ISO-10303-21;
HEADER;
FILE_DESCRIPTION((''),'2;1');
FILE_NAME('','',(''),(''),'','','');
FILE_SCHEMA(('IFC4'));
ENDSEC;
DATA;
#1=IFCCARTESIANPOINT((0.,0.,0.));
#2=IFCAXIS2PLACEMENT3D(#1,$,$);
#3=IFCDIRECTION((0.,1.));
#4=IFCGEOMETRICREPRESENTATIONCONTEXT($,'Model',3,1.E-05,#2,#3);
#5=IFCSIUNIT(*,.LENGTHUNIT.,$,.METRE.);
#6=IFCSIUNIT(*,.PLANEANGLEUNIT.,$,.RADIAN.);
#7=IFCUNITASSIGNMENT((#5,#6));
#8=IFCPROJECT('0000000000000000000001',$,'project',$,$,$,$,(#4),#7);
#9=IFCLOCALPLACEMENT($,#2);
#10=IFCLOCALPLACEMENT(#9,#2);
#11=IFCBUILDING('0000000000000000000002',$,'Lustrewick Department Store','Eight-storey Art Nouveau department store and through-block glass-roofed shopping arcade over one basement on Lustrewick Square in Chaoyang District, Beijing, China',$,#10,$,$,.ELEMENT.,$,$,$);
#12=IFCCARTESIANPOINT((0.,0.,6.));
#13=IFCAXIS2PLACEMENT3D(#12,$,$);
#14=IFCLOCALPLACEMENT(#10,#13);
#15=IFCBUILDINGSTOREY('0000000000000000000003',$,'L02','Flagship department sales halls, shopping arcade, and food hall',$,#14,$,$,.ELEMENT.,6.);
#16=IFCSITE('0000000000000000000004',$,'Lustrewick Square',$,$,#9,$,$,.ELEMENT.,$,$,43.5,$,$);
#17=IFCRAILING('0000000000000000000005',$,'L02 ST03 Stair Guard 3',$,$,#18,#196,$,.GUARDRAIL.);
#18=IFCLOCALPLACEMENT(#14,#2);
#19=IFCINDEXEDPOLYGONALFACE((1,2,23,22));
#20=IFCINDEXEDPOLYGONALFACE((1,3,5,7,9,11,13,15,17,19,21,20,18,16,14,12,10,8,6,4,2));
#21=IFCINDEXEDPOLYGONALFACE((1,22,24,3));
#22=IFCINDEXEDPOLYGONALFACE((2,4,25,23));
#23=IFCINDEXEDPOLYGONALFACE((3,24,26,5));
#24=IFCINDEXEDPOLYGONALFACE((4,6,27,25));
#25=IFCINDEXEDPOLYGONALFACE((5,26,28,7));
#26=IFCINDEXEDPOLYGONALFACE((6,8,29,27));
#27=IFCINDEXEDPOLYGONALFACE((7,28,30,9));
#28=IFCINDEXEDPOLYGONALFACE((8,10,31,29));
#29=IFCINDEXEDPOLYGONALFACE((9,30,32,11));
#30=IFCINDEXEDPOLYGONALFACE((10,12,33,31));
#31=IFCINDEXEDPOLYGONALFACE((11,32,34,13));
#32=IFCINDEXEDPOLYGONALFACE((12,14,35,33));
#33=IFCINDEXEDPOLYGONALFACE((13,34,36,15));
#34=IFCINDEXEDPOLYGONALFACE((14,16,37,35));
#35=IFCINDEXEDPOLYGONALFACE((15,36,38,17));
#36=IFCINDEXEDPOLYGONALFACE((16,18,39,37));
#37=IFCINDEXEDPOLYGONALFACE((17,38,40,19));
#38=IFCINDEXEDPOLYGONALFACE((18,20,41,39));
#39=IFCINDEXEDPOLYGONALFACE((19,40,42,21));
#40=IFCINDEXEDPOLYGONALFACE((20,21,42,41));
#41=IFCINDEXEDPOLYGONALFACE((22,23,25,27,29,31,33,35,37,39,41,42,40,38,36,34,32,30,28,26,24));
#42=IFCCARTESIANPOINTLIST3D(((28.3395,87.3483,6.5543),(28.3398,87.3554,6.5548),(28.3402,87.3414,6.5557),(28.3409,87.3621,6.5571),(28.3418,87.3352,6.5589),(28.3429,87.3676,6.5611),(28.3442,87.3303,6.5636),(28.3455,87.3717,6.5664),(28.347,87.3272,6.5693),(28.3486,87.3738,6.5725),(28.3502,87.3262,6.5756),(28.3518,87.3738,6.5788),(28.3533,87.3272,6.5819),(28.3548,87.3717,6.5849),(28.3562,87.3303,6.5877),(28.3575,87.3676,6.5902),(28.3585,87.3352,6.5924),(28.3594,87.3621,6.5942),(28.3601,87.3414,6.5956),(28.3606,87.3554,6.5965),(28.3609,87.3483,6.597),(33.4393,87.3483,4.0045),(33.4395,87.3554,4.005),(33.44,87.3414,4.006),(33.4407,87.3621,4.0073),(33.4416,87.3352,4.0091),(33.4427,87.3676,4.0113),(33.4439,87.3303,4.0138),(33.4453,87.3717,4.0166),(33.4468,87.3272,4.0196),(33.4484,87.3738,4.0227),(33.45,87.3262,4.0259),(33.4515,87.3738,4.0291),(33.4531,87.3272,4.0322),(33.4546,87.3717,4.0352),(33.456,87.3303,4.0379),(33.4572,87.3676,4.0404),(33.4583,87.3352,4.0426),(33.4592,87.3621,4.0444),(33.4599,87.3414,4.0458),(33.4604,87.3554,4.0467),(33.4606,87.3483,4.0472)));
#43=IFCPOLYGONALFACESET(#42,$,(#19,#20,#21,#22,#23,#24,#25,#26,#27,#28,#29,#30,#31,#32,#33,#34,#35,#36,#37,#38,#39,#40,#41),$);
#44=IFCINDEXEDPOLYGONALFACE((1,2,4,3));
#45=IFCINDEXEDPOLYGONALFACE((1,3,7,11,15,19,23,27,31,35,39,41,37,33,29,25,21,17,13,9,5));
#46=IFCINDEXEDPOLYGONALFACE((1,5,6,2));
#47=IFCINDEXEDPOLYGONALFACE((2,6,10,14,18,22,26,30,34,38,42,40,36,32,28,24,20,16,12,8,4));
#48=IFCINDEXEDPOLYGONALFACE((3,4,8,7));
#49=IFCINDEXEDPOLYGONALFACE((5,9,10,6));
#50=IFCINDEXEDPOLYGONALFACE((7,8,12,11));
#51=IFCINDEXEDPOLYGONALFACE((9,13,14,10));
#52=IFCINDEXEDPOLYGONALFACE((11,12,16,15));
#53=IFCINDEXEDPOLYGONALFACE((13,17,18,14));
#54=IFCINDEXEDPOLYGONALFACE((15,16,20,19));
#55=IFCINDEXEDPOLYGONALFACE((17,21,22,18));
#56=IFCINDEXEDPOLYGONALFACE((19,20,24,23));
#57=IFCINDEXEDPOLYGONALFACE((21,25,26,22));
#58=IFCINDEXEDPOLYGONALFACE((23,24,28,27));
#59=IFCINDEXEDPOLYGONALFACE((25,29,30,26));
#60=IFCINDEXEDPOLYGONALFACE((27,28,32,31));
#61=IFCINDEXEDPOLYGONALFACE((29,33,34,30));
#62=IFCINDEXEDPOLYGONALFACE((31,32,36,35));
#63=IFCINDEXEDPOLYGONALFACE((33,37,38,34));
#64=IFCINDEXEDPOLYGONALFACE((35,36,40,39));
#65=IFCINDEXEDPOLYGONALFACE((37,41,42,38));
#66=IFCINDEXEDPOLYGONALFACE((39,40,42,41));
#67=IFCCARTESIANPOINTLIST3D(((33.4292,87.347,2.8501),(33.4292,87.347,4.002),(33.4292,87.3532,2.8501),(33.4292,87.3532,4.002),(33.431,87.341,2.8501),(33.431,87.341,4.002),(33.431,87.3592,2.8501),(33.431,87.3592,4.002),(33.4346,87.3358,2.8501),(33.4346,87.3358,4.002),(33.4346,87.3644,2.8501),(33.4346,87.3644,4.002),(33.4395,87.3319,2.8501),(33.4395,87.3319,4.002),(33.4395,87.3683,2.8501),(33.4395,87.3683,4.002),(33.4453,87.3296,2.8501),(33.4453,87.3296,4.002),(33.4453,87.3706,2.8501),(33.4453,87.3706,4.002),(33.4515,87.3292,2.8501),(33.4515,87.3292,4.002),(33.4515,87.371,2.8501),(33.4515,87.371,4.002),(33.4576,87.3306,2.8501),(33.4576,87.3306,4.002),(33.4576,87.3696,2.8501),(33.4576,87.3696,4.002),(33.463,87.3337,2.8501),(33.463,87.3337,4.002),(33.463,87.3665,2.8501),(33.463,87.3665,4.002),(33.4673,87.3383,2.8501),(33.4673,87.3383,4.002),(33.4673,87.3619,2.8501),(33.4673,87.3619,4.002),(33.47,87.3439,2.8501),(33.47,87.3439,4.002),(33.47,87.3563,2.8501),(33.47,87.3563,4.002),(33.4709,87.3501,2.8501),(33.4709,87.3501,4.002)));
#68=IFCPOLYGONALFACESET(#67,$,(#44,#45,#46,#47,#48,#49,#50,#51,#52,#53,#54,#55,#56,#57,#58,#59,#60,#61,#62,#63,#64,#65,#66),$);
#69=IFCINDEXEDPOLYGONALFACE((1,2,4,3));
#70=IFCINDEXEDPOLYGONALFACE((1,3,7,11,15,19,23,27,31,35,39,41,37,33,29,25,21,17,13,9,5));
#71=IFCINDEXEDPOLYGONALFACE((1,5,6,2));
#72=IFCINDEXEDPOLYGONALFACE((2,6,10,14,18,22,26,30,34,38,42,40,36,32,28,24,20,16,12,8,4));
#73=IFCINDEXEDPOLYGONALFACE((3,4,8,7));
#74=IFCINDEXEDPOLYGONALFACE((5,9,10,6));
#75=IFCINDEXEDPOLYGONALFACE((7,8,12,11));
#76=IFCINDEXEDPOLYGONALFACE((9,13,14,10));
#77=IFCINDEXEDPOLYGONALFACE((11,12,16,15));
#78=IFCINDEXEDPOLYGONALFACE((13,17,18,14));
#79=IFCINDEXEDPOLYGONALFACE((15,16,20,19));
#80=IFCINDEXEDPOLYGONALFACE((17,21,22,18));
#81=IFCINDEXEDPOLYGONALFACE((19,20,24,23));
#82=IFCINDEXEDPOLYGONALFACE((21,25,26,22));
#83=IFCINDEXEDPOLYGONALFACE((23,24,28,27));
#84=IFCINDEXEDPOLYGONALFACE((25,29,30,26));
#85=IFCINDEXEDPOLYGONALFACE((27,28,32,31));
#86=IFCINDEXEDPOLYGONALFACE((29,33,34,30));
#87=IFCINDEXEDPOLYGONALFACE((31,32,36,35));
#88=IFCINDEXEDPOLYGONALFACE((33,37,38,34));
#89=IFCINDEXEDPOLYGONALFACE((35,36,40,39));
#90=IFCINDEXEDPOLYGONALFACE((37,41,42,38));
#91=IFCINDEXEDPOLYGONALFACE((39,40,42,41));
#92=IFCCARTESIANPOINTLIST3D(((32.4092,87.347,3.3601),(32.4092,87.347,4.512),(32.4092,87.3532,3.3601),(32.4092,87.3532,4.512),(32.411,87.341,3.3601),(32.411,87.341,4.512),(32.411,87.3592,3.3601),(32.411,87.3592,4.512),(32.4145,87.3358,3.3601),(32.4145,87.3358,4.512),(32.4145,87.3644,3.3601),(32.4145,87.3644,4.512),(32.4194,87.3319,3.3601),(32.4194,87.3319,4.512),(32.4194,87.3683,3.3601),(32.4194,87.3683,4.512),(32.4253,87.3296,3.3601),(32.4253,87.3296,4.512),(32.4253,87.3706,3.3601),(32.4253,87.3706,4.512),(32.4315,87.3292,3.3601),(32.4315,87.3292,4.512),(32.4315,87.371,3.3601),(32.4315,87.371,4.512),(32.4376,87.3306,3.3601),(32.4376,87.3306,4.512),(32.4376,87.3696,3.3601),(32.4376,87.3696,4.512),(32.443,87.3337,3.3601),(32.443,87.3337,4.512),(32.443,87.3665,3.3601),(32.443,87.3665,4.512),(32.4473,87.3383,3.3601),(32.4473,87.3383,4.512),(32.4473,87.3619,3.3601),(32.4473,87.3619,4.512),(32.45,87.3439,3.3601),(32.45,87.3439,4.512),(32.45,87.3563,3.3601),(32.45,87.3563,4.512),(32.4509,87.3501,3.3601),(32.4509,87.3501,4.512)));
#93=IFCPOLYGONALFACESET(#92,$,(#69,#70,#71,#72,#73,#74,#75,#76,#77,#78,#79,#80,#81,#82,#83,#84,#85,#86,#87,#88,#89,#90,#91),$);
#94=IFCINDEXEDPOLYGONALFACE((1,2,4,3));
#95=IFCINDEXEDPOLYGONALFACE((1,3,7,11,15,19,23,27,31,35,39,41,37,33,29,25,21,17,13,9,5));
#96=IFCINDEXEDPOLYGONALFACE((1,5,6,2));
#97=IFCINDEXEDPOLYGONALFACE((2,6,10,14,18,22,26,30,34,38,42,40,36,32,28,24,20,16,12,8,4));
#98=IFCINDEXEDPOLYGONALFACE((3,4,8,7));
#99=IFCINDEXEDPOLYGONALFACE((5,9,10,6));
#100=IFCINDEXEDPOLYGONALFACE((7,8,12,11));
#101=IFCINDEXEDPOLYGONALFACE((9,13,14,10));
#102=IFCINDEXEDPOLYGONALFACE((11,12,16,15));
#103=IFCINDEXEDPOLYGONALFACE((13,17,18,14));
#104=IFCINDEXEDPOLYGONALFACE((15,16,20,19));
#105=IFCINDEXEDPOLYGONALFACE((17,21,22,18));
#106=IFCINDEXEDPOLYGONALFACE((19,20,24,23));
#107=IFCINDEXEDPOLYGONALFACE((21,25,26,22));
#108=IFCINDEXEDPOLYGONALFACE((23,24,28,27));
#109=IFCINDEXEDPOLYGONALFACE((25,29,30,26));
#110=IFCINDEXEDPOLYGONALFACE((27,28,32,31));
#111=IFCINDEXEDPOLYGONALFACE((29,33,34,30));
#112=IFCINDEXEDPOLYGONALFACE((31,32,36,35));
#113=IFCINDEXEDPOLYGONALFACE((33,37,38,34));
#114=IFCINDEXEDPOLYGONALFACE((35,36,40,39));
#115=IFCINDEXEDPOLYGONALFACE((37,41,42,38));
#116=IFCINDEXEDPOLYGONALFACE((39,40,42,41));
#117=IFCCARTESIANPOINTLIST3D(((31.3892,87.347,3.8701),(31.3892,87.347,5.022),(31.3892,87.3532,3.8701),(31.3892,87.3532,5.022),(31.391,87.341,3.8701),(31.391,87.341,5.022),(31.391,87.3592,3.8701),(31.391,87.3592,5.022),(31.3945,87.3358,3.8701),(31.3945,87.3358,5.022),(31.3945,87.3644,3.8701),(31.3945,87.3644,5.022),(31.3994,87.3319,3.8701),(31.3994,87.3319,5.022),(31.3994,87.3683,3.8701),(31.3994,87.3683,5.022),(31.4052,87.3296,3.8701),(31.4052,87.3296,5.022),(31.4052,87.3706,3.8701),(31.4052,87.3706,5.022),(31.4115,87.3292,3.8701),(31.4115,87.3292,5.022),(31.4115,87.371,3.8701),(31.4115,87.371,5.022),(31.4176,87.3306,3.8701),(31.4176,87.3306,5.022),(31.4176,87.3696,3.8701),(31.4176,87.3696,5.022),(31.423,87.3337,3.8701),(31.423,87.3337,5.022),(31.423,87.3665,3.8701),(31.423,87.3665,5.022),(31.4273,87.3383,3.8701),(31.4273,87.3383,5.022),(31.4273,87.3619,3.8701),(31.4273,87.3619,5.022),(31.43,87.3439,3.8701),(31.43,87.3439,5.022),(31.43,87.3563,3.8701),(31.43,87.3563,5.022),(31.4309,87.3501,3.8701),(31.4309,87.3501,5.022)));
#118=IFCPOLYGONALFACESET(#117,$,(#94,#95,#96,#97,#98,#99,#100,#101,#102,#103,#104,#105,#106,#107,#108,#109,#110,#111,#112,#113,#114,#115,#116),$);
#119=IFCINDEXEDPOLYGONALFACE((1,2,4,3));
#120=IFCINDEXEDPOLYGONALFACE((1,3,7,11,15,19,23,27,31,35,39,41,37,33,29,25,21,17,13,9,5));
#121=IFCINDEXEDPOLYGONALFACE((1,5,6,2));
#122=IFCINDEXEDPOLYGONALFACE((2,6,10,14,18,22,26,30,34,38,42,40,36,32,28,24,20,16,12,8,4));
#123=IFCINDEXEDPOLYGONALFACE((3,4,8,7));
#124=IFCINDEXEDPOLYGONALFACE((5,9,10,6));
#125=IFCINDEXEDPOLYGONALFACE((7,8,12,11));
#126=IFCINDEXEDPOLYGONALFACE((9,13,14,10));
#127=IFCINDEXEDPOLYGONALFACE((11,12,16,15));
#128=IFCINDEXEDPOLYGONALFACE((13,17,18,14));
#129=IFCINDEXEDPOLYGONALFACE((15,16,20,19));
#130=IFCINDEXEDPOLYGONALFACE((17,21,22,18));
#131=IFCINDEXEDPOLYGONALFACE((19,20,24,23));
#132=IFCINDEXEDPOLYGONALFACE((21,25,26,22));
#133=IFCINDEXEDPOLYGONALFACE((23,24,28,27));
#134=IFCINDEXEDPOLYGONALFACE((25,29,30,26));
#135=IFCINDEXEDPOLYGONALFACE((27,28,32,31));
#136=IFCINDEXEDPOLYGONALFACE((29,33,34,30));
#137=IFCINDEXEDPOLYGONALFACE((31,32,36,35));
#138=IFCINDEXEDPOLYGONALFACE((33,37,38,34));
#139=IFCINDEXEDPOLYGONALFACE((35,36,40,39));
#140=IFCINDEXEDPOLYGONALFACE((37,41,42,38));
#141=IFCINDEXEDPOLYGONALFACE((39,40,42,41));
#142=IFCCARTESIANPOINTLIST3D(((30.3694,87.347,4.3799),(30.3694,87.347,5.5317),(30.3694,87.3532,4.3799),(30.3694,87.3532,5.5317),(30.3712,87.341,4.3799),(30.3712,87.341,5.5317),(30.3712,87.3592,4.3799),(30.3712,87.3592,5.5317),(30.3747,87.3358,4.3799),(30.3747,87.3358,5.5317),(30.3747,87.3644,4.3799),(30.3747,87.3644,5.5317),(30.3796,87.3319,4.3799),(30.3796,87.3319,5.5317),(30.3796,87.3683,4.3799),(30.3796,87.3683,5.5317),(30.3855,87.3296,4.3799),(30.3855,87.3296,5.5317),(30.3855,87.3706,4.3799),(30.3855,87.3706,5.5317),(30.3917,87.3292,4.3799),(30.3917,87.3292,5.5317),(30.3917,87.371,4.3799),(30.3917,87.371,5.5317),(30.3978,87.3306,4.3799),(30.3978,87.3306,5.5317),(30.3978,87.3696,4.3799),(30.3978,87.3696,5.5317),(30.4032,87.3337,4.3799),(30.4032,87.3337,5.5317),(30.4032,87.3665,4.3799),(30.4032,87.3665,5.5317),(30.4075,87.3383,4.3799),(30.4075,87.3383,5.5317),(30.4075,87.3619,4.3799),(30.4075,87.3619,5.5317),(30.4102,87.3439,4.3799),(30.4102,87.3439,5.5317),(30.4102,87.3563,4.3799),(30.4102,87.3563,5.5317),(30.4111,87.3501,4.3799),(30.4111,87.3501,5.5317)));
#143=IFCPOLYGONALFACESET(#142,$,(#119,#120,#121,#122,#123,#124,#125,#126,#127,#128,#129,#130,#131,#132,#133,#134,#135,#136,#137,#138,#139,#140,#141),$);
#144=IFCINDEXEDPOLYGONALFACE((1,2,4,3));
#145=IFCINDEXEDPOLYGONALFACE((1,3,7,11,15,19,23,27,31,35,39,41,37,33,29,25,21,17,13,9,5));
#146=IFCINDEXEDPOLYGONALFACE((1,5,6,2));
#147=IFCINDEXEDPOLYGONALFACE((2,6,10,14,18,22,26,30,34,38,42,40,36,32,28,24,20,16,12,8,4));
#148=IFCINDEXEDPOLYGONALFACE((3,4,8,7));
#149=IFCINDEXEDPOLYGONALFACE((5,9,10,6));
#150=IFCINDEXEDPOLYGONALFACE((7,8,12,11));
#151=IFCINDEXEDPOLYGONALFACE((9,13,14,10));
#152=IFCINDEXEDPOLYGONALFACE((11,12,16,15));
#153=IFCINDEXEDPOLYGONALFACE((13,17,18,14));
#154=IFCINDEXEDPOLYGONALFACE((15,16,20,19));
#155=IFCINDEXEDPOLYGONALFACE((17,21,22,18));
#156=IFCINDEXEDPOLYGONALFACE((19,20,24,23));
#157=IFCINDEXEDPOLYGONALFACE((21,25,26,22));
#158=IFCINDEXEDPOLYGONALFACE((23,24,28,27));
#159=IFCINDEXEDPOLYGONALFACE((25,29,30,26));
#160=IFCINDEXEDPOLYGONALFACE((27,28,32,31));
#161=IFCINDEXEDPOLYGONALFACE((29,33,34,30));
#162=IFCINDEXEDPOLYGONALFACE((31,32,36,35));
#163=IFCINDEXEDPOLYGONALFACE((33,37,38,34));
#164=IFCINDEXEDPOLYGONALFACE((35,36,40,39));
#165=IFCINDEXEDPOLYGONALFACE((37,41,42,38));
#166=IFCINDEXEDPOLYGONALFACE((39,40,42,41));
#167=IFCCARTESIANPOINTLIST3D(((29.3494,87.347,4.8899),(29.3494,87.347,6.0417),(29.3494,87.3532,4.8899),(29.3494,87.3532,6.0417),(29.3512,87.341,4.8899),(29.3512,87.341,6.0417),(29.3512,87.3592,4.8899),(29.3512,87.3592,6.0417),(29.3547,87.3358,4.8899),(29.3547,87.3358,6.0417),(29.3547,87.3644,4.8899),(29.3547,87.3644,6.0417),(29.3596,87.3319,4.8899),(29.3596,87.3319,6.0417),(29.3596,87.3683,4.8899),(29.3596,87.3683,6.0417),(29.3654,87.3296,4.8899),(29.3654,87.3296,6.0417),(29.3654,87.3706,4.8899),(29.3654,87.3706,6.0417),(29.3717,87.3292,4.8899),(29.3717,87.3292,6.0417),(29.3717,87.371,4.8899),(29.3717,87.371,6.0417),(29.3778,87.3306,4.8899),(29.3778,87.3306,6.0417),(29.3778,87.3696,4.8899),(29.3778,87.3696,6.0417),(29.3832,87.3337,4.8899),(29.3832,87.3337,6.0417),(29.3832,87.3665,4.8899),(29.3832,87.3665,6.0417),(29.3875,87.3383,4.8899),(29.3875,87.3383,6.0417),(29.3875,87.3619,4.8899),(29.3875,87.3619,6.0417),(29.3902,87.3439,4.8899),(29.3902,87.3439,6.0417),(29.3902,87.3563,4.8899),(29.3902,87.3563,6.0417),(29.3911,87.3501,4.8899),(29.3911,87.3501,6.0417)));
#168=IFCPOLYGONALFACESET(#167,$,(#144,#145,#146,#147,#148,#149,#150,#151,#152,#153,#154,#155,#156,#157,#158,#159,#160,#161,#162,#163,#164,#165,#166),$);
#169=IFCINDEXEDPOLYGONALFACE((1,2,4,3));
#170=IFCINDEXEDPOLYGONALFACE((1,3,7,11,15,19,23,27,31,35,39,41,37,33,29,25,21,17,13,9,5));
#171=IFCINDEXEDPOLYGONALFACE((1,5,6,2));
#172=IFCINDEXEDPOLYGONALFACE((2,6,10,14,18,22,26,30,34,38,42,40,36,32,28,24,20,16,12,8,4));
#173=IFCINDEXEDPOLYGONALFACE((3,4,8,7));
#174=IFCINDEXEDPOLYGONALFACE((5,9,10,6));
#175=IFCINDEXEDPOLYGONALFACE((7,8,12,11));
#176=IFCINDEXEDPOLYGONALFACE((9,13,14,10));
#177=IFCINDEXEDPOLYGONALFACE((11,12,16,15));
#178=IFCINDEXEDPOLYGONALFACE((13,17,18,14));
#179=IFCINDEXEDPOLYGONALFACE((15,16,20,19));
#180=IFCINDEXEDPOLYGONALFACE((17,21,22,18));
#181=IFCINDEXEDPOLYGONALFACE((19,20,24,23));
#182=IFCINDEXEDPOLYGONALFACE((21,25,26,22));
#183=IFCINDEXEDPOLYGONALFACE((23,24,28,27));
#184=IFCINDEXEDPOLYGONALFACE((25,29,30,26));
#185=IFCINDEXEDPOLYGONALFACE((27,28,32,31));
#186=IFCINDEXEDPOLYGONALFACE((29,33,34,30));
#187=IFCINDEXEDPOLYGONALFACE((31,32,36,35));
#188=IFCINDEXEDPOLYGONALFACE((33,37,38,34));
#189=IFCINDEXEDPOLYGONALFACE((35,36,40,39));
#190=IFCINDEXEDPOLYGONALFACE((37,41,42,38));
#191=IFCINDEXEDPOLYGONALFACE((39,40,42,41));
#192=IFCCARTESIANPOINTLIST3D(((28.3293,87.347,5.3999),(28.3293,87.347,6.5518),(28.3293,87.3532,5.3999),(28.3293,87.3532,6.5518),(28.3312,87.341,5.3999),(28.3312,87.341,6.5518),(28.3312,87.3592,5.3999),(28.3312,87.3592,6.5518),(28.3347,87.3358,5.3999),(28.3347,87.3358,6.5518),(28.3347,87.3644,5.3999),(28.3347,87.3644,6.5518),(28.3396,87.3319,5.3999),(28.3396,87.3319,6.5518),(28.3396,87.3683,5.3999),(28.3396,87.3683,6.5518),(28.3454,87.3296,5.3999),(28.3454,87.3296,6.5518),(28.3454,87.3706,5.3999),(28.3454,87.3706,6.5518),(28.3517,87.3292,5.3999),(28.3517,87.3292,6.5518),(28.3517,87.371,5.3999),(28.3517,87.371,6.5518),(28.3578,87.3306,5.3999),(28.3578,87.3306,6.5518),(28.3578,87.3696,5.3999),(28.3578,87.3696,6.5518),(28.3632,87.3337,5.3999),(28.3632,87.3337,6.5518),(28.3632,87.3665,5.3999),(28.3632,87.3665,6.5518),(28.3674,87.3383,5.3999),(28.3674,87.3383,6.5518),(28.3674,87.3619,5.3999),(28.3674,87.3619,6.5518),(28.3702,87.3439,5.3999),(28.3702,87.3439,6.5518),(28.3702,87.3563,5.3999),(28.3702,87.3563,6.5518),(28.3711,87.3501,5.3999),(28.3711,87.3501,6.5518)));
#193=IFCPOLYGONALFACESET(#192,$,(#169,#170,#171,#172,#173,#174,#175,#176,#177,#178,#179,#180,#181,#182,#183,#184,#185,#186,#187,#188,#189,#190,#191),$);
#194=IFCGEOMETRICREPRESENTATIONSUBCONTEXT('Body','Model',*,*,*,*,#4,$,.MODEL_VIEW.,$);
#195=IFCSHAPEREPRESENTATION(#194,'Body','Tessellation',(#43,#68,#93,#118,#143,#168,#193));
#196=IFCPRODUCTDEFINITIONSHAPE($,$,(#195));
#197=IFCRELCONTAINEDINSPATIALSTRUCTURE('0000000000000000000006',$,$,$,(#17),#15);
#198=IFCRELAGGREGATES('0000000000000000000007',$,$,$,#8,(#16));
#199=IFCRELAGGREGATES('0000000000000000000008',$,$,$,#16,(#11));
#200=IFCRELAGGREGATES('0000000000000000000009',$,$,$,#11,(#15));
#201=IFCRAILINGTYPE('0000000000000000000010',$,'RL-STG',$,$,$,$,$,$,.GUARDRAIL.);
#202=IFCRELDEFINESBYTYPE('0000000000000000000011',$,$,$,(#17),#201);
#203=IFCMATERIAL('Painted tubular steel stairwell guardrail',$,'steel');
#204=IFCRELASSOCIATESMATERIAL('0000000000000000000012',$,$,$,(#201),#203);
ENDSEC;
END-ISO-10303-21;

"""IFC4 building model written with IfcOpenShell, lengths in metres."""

from ifc_helpers import new_model, si_unit, direction, frame, origin, origin_2d, place, context, subcontext, project, spatial, circle, extrude, material, type_object, element, save


model = new_model("IFC4")

# Units and contexts
model_context = context("Model", 3, precision=1e-05, world=origin(), true_north=direction((0.0, 1.0)))
body_context = subcontext(model_context, "Body", "Model", "MODEL_VIEW")
ifc_project = project(units=[si_unit("LENGTHUNIT", "METRE"), si_unit("PLANEANGLEUNIT", "RADIAN")], contexts=[model_context])

# Site, building, storey
site_placement = place(None, origin())
site = spatial("IfcSite", under=ifc_project, at=site_placement, Name="Lustrewick Square", CompositionType="ELEMENT", RefElevation=43.5)
building_placement = place(site_placement, origin())
building = spatial("IfcBuilding", under=site, at=building_placement, Name="Lustrewick Department Store", Description="Eight-storey Art Nouveau department store and through-block glass-roofed shopping arcade over one basement on Lustrewick Square in Chaoyang District, Beijing, China", CompositionType="ELEMENT")
storey_placement = place(building_placement, frame((0.0, 0.0, 6.0)))
storey = spatial("IfcBuildingStorey", under=building, at=storey_placement, Name="L02", Description="Flagship department sales halls, shopping arcade, and food hall", CompositionType="ELEMENT", Elevation=6.0)

# Railing
ifc_material_1 = material(Name="Painted tubular steel stairwell guardrail", Category="steel")
railing_type_1 = type_object("IfcRailingType", Name="RL-STG", PredefinedType="GUARDRAIL", material=ifc_material_1)
railing_1_placement = place(storey_placement, frame((33.45, 87.3501, 2.8501)))
element("IfcRailing", 1, at=railing_1_placement, inside=storey, type_object=railing_type_1, Name="L02 ST03 Stair Guard 3", PredefinedType="GUARDRAIL", context=body_context, shape_type="SweptSolid", body=[
    extrude(circle(Radius=0.0239, at=origin_2d()), frame((0.0, 0.0, 1.1758), z_axis=(-0.894436, 0.0, 0.447196), x_axis=(0.0, -1.0, 0.0)), (0.0, 0.0, 1.0), 5.7017),
    extrude(circle(Radius=0.021, at=origin_2d()), origin(), (0.0, 0.0, 1.0), 1.1519),
    extrude(circle(Radius=0.021, at=origin_2d()), frame((-1.02, 0.0, 0.51)), (0.0, 0.0, 1.0), 1.1519),
    extrude(circle(Radius=0.021, at=origin_2d()), frame((-2.04, 0.0, 1.02)), (0.0, 0.0, 1.0), 1.1519),
    extrude(circle(Radius=0.021, at=origin_2d()), frame((-3.0598, 0.0, 1.5298)), (0.0, 0.0, 1.0), 1.1519),
    extrude(circle(Radius=0.021, at=origin_2d()), frame((-4.0798, 0.0, 2.0398)), (0.0, 0.0, 1.0), 1.1519),
    extrude(circle(Radius=0.021, at=origin_2d()), frame((-5.0999, 0.0, 2.5498)), (0.0, 0.0, 1.0), 1.1519),
])

save(model, "model.ifc")
